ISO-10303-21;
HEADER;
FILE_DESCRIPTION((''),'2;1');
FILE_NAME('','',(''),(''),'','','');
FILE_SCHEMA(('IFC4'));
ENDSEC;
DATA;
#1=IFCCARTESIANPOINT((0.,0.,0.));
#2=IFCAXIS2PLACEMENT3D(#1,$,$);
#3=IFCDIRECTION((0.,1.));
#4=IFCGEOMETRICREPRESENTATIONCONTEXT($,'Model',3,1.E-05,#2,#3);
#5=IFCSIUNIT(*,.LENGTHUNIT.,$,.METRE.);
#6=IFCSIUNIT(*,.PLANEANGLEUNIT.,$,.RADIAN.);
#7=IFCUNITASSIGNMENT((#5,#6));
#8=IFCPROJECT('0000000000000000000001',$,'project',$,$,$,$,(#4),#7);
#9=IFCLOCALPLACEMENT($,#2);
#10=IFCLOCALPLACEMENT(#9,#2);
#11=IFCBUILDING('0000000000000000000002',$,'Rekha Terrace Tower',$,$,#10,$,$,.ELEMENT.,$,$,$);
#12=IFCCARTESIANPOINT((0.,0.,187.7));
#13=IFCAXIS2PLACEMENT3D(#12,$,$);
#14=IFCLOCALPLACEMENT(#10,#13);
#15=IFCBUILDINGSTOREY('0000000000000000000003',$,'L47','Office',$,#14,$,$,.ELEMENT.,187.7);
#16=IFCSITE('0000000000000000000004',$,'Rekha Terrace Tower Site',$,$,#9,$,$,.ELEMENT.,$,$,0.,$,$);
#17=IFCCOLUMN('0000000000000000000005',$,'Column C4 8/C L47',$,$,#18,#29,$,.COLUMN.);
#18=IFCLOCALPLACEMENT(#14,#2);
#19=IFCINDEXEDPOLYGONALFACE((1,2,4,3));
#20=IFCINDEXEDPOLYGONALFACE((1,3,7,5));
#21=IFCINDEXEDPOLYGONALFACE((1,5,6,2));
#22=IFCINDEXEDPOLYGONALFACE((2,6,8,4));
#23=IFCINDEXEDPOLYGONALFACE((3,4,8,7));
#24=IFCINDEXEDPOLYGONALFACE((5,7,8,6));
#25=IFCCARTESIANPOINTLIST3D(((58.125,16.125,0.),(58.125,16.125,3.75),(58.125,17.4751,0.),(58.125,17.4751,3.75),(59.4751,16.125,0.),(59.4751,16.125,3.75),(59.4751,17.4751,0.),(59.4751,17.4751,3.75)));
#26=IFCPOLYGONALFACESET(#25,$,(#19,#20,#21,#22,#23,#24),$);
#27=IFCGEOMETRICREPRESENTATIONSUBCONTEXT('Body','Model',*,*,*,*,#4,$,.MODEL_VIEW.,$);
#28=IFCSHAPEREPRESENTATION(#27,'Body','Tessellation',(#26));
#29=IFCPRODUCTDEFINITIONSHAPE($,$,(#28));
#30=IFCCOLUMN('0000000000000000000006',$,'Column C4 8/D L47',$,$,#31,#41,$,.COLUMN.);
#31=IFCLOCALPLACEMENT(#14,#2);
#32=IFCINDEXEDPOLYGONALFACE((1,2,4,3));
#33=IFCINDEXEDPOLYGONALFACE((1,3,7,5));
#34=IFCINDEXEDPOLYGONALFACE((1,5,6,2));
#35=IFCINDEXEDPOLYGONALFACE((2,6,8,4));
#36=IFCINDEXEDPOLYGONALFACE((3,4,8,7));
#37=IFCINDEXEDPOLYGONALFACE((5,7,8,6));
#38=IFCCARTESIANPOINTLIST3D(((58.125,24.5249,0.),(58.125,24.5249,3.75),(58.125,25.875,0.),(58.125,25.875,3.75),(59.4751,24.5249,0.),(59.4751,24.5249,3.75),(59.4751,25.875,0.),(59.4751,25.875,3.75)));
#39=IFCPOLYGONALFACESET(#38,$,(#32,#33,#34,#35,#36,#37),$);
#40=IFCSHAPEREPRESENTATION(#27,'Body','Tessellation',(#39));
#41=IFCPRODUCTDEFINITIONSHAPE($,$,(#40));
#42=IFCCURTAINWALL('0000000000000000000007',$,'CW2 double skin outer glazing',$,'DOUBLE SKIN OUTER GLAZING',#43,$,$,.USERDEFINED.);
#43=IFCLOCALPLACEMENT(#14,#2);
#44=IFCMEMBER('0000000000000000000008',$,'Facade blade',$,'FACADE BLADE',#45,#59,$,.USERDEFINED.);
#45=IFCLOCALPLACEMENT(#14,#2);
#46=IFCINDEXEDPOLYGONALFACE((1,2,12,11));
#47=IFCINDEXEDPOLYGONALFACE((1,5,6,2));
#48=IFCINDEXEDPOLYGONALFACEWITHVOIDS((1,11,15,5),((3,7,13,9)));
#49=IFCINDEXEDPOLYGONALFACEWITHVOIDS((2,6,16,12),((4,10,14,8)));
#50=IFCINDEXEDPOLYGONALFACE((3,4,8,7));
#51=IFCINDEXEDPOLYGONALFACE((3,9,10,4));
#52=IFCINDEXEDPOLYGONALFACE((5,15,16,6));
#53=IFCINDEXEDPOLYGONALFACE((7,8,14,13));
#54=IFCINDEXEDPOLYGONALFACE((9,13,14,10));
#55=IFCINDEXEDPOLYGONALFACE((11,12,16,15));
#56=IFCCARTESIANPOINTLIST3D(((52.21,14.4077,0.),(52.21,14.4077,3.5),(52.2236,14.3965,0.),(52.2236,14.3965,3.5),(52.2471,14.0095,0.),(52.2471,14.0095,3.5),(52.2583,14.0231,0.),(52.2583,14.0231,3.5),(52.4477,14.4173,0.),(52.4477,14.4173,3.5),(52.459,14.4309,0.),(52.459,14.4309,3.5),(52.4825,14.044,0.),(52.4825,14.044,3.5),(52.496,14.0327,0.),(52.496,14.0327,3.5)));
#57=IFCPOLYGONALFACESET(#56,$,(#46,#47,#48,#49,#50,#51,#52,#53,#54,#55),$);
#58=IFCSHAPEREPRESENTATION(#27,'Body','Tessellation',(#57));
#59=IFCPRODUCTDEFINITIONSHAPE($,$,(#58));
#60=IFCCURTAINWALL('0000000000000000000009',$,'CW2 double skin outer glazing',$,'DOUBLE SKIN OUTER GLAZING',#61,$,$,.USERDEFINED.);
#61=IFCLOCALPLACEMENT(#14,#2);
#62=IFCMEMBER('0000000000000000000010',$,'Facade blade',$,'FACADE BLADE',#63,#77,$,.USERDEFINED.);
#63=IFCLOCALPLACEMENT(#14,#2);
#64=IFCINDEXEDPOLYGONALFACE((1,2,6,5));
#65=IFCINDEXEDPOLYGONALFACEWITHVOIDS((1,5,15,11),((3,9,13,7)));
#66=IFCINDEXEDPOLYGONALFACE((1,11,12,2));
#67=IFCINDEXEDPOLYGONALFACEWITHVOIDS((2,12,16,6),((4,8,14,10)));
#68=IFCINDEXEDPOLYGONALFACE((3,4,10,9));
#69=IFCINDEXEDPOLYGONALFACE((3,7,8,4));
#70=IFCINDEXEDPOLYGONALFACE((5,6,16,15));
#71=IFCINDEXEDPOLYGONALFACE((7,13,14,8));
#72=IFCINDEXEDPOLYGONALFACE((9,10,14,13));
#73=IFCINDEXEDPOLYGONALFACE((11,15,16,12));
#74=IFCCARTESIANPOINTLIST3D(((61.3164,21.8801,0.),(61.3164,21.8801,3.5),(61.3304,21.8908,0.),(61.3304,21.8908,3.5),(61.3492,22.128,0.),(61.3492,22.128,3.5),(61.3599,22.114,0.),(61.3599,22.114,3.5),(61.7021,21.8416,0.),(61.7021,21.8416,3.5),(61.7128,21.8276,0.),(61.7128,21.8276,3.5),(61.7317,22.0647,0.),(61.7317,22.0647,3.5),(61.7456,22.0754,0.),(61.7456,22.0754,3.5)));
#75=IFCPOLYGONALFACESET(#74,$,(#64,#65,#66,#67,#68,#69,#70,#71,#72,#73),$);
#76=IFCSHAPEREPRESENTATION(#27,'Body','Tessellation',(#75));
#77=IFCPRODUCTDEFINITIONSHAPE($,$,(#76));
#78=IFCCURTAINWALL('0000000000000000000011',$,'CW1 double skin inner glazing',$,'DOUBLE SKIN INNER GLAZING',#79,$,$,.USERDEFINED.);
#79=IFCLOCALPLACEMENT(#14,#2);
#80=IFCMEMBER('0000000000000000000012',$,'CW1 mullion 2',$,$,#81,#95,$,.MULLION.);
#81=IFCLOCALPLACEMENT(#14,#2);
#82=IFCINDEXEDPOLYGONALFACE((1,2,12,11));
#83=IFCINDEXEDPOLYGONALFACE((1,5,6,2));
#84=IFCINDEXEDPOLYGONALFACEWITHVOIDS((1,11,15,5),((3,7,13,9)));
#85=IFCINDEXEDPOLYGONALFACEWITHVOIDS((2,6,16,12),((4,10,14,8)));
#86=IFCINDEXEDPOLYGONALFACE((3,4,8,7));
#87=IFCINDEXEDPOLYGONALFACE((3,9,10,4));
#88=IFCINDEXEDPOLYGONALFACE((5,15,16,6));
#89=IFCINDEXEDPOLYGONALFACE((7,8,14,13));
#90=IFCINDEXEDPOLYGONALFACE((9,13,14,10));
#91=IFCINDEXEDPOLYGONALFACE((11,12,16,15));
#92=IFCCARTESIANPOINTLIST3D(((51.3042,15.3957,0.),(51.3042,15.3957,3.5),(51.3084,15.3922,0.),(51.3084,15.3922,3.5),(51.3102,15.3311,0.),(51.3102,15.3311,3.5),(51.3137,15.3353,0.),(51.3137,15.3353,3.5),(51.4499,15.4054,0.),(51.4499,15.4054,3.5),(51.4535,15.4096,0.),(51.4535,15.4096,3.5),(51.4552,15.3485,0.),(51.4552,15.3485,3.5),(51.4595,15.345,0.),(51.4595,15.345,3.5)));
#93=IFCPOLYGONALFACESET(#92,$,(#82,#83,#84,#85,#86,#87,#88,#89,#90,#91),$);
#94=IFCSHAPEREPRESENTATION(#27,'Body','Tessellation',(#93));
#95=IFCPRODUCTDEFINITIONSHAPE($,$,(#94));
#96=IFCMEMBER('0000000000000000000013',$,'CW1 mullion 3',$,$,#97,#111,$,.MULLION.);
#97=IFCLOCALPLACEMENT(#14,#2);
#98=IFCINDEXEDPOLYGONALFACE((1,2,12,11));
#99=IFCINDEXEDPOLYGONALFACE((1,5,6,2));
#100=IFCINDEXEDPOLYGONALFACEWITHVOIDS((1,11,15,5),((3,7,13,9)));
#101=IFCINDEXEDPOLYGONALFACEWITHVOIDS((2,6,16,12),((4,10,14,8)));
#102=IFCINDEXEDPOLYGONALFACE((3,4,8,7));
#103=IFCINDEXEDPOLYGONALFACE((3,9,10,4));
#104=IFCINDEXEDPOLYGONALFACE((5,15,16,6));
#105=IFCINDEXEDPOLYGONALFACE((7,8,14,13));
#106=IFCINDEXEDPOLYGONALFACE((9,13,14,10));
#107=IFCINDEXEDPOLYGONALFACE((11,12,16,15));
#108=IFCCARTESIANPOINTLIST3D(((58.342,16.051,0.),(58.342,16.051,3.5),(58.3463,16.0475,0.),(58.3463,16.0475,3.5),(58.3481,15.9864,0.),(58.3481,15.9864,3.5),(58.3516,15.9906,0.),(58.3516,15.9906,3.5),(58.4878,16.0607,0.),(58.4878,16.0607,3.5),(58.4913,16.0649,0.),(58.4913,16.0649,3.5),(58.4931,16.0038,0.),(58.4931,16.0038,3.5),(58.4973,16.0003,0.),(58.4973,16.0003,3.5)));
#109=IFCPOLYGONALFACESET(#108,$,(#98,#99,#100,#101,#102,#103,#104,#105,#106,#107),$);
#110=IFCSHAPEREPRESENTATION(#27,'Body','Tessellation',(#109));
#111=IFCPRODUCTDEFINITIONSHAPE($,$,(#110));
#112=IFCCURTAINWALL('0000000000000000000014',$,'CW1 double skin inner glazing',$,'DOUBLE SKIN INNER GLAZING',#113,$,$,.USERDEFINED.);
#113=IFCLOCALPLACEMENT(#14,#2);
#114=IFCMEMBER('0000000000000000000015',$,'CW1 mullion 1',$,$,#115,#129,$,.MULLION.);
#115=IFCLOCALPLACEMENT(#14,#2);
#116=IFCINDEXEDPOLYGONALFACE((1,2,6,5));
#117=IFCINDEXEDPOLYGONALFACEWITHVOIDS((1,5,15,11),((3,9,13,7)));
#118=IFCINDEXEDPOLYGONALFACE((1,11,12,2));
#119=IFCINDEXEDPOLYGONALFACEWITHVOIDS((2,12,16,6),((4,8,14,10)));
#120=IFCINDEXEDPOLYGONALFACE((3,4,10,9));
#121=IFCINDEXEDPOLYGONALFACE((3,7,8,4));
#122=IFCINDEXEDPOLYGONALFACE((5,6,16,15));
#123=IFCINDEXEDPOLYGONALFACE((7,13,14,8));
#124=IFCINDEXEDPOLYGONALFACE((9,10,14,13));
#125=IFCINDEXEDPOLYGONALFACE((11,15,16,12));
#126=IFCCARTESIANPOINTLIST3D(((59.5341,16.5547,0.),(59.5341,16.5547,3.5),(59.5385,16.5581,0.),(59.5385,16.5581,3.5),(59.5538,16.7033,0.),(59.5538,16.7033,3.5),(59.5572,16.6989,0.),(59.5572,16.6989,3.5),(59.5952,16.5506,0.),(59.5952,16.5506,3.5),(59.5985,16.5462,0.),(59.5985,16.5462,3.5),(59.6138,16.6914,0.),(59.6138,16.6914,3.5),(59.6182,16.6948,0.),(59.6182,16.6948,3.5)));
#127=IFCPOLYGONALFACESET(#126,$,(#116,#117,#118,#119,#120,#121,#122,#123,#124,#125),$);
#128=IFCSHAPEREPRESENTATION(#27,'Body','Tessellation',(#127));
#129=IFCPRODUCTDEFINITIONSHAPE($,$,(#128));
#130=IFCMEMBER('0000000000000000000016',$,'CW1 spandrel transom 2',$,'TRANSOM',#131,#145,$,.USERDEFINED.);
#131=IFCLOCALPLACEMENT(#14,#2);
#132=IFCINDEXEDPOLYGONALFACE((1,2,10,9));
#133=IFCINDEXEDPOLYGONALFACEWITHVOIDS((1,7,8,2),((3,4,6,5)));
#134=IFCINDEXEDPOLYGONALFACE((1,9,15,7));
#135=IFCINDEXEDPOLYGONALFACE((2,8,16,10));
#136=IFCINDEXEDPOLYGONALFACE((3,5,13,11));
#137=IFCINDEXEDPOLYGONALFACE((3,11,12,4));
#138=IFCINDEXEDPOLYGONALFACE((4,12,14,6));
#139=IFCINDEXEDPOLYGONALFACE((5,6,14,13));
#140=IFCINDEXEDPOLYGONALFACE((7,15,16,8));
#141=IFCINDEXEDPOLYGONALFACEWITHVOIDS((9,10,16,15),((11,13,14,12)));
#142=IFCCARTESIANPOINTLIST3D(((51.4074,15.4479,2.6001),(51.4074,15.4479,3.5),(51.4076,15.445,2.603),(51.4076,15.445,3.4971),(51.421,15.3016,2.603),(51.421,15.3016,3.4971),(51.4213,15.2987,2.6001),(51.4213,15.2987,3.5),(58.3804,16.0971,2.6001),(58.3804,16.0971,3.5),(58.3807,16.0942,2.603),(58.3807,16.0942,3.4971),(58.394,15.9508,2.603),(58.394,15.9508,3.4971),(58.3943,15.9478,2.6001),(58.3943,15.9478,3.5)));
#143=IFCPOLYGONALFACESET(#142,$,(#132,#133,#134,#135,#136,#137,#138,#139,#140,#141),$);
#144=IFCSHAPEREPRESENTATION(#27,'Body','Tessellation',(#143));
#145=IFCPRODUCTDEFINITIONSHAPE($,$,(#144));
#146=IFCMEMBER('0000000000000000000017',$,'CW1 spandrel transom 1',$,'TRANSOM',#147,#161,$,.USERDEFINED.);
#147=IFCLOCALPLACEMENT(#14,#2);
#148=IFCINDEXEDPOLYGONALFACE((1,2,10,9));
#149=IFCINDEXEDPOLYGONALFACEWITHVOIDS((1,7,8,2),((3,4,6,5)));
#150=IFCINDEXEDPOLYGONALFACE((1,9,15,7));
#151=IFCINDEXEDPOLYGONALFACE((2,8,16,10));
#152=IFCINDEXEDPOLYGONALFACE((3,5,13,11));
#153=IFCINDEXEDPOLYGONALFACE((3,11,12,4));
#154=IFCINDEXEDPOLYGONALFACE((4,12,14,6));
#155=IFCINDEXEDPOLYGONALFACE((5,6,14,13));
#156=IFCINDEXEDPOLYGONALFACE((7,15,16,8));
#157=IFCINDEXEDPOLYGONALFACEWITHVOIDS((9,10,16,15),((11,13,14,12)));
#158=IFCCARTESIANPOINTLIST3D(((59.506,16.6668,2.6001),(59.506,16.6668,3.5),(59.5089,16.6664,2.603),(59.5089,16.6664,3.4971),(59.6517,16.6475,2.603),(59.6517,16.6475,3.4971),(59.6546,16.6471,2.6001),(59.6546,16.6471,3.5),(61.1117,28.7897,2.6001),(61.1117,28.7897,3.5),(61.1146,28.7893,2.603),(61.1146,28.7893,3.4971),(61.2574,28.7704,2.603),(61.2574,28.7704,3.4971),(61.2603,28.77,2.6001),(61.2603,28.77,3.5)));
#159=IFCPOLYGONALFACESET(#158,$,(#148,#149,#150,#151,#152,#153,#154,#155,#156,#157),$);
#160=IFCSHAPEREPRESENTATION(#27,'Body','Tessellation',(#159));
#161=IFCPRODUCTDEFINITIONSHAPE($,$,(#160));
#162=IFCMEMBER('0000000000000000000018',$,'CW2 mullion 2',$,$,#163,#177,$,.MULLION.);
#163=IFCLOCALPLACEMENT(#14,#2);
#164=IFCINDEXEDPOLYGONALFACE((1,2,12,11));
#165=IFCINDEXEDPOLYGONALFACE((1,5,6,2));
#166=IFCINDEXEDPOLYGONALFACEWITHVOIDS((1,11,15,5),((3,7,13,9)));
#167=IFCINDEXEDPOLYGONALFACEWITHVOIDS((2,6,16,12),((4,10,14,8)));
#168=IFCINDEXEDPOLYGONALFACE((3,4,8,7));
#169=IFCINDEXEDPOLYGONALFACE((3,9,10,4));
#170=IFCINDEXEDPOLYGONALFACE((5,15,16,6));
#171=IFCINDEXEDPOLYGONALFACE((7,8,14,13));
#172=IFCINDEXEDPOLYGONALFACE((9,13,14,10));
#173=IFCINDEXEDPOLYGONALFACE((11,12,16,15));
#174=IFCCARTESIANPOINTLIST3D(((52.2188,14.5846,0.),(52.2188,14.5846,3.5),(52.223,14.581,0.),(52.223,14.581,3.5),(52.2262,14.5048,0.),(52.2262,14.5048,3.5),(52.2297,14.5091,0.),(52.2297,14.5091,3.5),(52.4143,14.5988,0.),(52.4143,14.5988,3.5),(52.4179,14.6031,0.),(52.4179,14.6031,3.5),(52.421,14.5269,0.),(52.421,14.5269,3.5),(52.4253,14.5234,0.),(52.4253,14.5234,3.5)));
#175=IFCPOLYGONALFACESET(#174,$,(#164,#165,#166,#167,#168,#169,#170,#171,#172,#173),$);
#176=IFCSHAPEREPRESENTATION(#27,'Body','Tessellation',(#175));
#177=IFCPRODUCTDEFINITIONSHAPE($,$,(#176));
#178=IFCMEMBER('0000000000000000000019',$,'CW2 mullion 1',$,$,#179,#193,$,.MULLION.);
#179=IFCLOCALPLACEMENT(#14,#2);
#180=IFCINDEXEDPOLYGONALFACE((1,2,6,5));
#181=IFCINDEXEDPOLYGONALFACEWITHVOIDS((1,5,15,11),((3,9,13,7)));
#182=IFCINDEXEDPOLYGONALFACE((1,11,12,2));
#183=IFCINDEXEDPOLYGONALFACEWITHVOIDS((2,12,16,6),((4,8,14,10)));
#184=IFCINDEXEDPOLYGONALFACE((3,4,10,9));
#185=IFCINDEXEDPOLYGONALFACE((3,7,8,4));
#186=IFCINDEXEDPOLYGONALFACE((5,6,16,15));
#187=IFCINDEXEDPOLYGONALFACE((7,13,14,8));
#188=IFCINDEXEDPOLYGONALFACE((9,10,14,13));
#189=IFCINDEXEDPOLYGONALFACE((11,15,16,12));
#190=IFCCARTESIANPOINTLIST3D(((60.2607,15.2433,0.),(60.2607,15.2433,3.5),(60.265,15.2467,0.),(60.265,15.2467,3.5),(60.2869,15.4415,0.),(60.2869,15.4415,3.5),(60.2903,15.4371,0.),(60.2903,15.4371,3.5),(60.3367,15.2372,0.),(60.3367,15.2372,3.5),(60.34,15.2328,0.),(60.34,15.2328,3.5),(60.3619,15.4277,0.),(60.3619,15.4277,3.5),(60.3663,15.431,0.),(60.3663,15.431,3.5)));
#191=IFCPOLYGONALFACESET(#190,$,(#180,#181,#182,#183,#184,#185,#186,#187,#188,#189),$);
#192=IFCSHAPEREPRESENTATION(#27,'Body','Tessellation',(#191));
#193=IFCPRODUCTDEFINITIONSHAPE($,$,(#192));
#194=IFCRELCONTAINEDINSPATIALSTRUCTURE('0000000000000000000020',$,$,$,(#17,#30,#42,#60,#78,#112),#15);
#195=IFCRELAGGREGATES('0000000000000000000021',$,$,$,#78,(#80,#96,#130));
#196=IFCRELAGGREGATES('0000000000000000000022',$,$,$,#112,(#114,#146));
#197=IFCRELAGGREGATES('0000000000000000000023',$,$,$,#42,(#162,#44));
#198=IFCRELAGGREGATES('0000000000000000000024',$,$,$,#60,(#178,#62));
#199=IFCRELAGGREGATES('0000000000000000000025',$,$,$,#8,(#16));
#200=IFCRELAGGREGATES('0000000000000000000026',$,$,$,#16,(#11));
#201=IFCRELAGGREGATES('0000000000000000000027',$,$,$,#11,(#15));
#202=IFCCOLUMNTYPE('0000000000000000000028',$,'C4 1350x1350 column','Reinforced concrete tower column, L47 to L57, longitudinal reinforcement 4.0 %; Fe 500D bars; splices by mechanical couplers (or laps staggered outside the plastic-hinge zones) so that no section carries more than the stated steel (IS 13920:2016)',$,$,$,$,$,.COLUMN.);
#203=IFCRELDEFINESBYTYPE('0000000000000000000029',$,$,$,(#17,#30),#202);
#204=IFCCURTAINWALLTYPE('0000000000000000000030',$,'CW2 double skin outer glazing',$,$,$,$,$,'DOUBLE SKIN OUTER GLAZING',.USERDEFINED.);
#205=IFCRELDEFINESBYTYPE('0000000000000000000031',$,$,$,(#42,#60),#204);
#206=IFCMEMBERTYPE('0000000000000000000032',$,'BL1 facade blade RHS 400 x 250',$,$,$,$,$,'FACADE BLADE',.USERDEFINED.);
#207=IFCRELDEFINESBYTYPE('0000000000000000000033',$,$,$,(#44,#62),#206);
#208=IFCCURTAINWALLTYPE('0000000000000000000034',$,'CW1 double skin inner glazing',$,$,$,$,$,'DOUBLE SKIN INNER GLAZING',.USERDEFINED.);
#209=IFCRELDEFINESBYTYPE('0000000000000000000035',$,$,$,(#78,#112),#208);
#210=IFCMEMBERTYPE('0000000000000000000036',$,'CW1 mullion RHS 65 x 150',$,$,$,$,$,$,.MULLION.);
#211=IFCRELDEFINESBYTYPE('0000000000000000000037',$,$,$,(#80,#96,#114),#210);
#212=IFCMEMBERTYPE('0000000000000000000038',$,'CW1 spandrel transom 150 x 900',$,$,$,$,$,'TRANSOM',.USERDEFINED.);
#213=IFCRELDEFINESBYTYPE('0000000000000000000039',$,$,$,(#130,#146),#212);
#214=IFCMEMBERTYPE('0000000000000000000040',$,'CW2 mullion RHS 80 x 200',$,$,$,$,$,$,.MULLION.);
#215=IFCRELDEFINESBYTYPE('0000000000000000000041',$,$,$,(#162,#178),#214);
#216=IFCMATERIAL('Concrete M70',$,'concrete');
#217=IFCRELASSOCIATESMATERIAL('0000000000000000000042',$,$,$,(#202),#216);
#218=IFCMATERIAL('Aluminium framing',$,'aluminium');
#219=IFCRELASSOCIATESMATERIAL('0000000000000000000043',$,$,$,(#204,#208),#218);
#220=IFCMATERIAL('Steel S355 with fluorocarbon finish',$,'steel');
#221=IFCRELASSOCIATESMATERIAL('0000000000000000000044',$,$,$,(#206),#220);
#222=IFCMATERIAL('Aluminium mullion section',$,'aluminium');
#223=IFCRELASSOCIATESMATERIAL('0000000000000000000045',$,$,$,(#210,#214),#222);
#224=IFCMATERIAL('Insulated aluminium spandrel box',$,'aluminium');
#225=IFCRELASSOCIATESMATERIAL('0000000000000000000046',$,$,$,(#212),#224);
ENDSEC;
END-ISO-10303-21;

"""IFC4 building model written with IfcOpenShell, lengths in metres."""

from ifc_helpers import new_model, si_unit, direction, frame, origin, origin_2d, place, context, subcontext, project, spatial, rectangle, hollow_rectangle, extrude, material, material_profile, profile_set, type_object, element, aggregate, save


model = new_model("IFC4")

# Units and contexts
model_context = context("Model", 3, precision=1e-05, world=origin(), true_north=direction((0.0, 1.0)))
body_context = subcontext(model_context, "Body", "Model", "MODEL_VIEW")
ifc_project = project(units=[si_unit("LENGTHUNIT", "METRE"), si_unit("PLANEANGLEUNIT", "RADIAN")], contexts=[model_context])

# Site, building, storey
site_placement = place(None, origin())
site = spatial("IfcSite", under=ifc_project, at=site_placement, Name="Rekha Terrace Tower Site", CompositionType="ELEMENT", RefElevation=0.0)
building_placement = place(site_placement, origin())
building = spatial("IfcBuilding", under=site, at=building_placement, Name="Rekha Terrace Tower", CompositionType="ELEMENT")
storey_placement = place(building_placement, frame((0.0, 0.0, 187.7)))
storey = spatial("IfcBuildingStorey", under=building, at=storey_placement, Name="L47", Description="Office", CompositionType="ELEMENT", Elevation=187.7)

# Columns
ifc_material_1 = material(Name="Concrete M70", Category="concrete")
ifc_material_profile_1 = material_profile(ifc_material_1, rectangle(XDim=1.3501, YDim=1.3501, at=origin_2d()), Name="RC 1350x1350")
ifc_profile_set_1 = profile_set([ifc_material_profile_1], Name="Concrete M70")
column_type = type_object("IfcColumnType", Name="C4 1350x1350 column", Description="Reinforced concrete tower column, L47 to L57, longitudinal reinforcement 4.0 %; Fe 500D bars; splices by mechanical couplers (or laps staggered outside the plastic-hinge zones) so that no section carries more than the stated steel (IS 13920:2016)", PredefinedType="COLUMN", material=ifc_profile_set_1)
for number, where, z_axis, x_axis, name in (
    (1, (58.8, 16.8, 0.0), (0.0, 0.0, 1.0), (1.0, 0.0, 0.0), "Column C4 8/C L47"),
    (2, (58.8, 25.2, 0.0), (0.0, 0.0, 1.0), (1.0, 0.0, 0.0), "Column C4 8/D L47"),
):
    element("IfcColumn", number, at=place(storey_placement, frame(where, z_axis=z_axis, x_axis=x_axis)), inside=storey, type_object=column_type, Name=name, PredefinedType="COLUMN", context=body_context, shape_type="SweptSolid", body=[
        extrude(rectangle(XDim=1.3501, YDim=1.3501, at=origin_2d()), origin(), (0.0, 0.0, 1.0), 3.75),
    ])

# Curtain walls, members
ifc_material_2 = material(Name="Aluminium framing", Category="aluminium")
curtain_wall_type_1 = type_object("IfcCurtainWallType", Name="CW2 double skin outer glazing", ElementType="DOUBLE SKIN OUTER GLAZING", PredefinedType="USERDEFINED", material=ifc_material_2)
curtain_wall_1_placement = place(storey_placement, origin())
curtain_wall_1 = element("IfcCurtainWall", 3, at=curtain_wall_1_placement, inside=storey, type_object=curtain_wall_type_1, Name="CW2 double skin outer glazing", ObjectType="DOUBLE SKIN OUTER GLAZING", PredefinedType="USERDEFINED")
ifc_material_3 = material(Name="Steel S355 with fluorocarbon finish", Category="steel")
ifc_material_profile_2 = material_profile(ifc_material_3, hollow_rectangle(XDim=0.25, YDim=0.3999, WallThickness=0.0125, at=origin_2d()), Name="RHS400x250x12.5")
ifc_profile_set_2 = profile_set([ifc_material_profile_2], Name="Steel S355 with fluorocarbon finish")
member_type_1 = type_object("IfcMemberType", Name="BL1 facade blade RHS 400 x 250", ElementType="FACADE BLADE", PredefinedType="USERDEFINED", material=ifc_profile_set_2)
member_1_placement = place(storey_placement, frame((52.353, 14.2202, 0.0), z_axis=(0.0, 0.0, 1.0), x_axis=(0.995693, 0.092709, 0.0)))
member_1 = element("IfcMember", 4, at=member_1_placement, type_object=member_type_1, Name="Facade blade", ObjectType="FACADE BLADE", PredefinedType="USERDEFINED", context=body_context, shape_type="SweptSolid", body=[
    extrude(hollow_rectangle(XDim=0.25, YDim=0.3999, WallThickness=0.0125, at=origin_2d()), origin(), (0.0, 0.0, 1.0), 3.5),
])
curtain_wall_2_placement = place(storey_placement, origin())
curtain_wall_2 = element("IfcCurtainWall", 5, at=curtain_wall_2_placement, inside=storey, type_object=curtain_wall_type_1, Name="CW2 double skin outer glazing", ObjectType="DOUBLE SKIN OUTER GLAZING", PredefinedType="USERDEFINED")
member_2_placement = place(storey_placement, frame((61.531, 21.9778, 0.0), z_axis=(0.0, 0.0, 1.0), x_axis=(0.131303, 0.991342, 0.0)))
member_2 = element("IfcMember", 6, at=member_2_placement, type_object=member_type_1, Name="Facade blade", ObjectType="FACADE BLADE", PredefinedType="USERDEFINED", context=body_context, shape_type="SweptSolid", body=[
    extrude(hollow_rectangle(XDim=0.25, YDim=0.3999, WallThickness=0.0125, at=origin_2d()), origin(), (0.0, 0.0, 1.0), 3.5),
])

# Curtain wall, members
curtain_wall_type_2 = type_object("IfcCurtainWallType", Name="CW1 double skin inner glazing", ElementType="DOUBLE SKIN INNER GLAZING", PredefinedType="USERDEFINED", material=ifc_material_2)
curtain_wall_3_placement = place(storey_placement, origin())
curtain_wall_3 = element("IfcCurtainWall", 7, at=curtain_wall_3_placement, inside=storey, type_object=curtain_wall_type_2, Name="CW1 double skin inner glazing", ObjectType="DOUBLE SKIN INNER GLAZING", PredefinedType="USERDEFINED")
ifc_material_4 = material(Name="Aluminium mullion section", Category="aluminium")
ifc_material_profile_3 = material_profile(ifc_material_4, hollow_rectangle(XDim=0.0649, YDim=0.1499, WallThickness=0.0039, at=origin_2d()), Name="AL RHS 65x150")
ifc_profile_set_3 = profile_set([ifc_material_profile_3], Name="Aluminium mullion section")
member_type_2 = type_object("IfcMemberType", Name="CW1 mullion RHS 65 x 150", PredefinedType="MULLION", material=ifc_profile_set_3)
member_3_placement = place(storey_placement, frame((51.3818, 15.3704, 0.0), z_axis=(0.0, 0.0, 1.0), x_axis=(-0.092709, 0.995693, 0.0)))
member_3 = element("IfcMember", 8, at=member_3_placement, type_object=member_type_2, Name="CW1 mullion 2", PredefinedType="MULLION", context=body_context, shape_type="SweptSolid", body=[
    extrude(hollow_rectangle(XDim=0.0649, YDim=0.1499, WallThickness=0.0039, at=origin_2d()), origin(), (0.0, 0.0, 1.0), 3.5),
])
member_4_placement = place(storey_placement, frame((58.4197, 16.0256, 0.0), z_axis=(0.0, 0.0, 1.0), x_axis=(-0.092709, 0.995693, 0.0)))
member_4 = element("IfcMember", 9, at=member_4_placement, type_object=member_type_2, Name="CW1 mullion 3", PredefinedType="MULLION", context=body_context, shape_type="SweptSolid", body=[
    extrude(hollow_rectangle(XDim=0.0649, YDim=0.1499, WallThickness=0.0039, at=origin_2d()), origin(), (0.0, 0.0, 1.0), 3.5),
])

# Curtain wall, member
curtain_wall_4_placement = place(storey_placement, origin())
curtain_wall_4 = element("IfcCurtainWall", 10, at=curtain_wall_4_placement, inside=storey, type_object=curtain_wall_type_2, Name="CW1 double skin inner glazing", ObjectType="DOUBLE SKIN INNER GLAZING", PredefinedType="USERDEFINED")
member_5_placement = place(storey_placement, frame((59.5762, 16.6248, 0.0), z_axis=(0.0, 0.0, 1.0), x_axis=(-0.991342, 0.131304, 0.0)))
member_5 = element("IfcMember", 11, at=member_5_placement, type_object=member_type_2, Name="CW1 mullion 1", PredefinedType="MULLION", context=body_context, shape_type="SweptSolid", body=[
    extrude(hollow_rectangle(XDim=0.0649, YDim=0.1499, WallThickness=0.0039, at=origin_2d()), origin(), (0.0, 0.0, 1.0), 3.5),
])

# Members
ifc_material_5 = material(Name="Insulated aluminium spandrel box", Category="aluminium")
ifc_material_profile_4 = material_profile(ifc_material_5, hollow_rectangle(XDim=0.1499, YDim=0.8999, WallThickness=0.0029, at=origin_2d()), Name="AL SPANDREL BOX 150x900")
ifc_profile_set_4 = profile_set([ifc_material_profile_4], Name="Insulated aluminium spandrel box")
member_type_3 = type_object("IfcMemberType", Name="CW1 spandrel transom 150 x 900", ElementType="TRANSOM", PredefinedType="USERDEFINED", material=ifc_profile_set_4)
member_6_placement = place(storey_placement, frame((51.4143, 15.3733, 3.05), z_axis=(0.995694, 0.092698, 0.0), x_axis=(-0.092698, 0.995694, 0.0)))
member_6 = element("IfcMember", 12, at=member_6_placement, type_object=member_type_3, Name="CW1 spandrel transom 2", ObjectType="TRANSOM", PredefinedType="USERDEFINED", context=body_context, shape_type="SweptSolid", body=[
    extrude(hollow_rectangle(XDim=0.1499, YDim=0.8999, WallThickness=0.0029, at=origin_2d()), origin(), (0.0, 0.0, 1.0), 7.0032),
])
member_7_placement = place(storey_placement, frame((59.5803, 16.657, 3.05), z_axis=(0.131307, 0.991342, 0.0), x_axis=(-0.991342, 0.131307, 0.0)))
member_7 = element("IfcMember", 13, at=member_7_placement, type_object=member_type_3, Name="CW1 spandrel transom 1", ObjectType="TRANSOM", PredefinedType="USERDEFINED", context=body_context, shape_type="SweptSolid", body=[
    extrude(hollow_rectangle(XDim=0.1499, YDim=0.8999, WallThickness=0.0029, at=origin_2d()), origin(), (0.0, 0.0, 1.0), 12.2288),
])
ifc_material_profile_5 = material_profile(ifc_material_4, hollow_rectangle(XDim=0.0801, YDim=0.2, WallThickness=0.0039, at=origin_2d()), Name="AL RHS 80x200")
ifc_profile_set_5 = profile_set([ifc_material_profile_5], Name="Aluminium mullion section")
member_type_4 = type_object("IfcMemberType", Name="CW2 mullion RHS 80 x 200", PredefinedType="MULLION", material=ifc_profile_set_5)
member_8_placement = place(storey_placement, frame((52.322, 14.554, 0.0), z_axis=(0.0, 0.0, 1.0), x_axis=(-0.092709, 0.995693, 0.0)))
member_8 = element("IfcMember", 14, at=member_8_placement, type_object=member_type_4, Name="CW2 mullion 2", PredefinedType="MULLION", context=body_context, shape_type="SweptSolid", body=[
    extrude(hollow_rectangle(XDim=0.0801, YDim=0.2, WallThickness=0.0039, at=origin_2d()), origin(), (0.0, 0.0, 1.0), 3.5),
])
member_9_placement = place(storey_placement, frame((60.3135, 15.3372, 0.0), z_axis=(0.0, 0.0, 1.0), x_axis=(-0.991342, 0.131304, 0.0)))
member_9 = element("IfcMember", 15, at=member_9_placement, type_object=member_type_4, Name="CW2 mullion 1", PredefinedType="MULLION", context=body_context, shape_type="SweptSolid", body=[
    extrude(hollow_rectangle(XDim=0.0801, YDim=0.2, WallThickness=0.0039, at=origin_2d()), origin(), (0.0, 0.0, 1.0), 3.5),
])

aggregate(curtain_wall_3, [member_3, member_4, member_6])
aggregate(curtain_wall_4, [member_5, member_7])
aggregate(curtain_wall_1, [member_8, member_1])
aggregate(curtain_wall_2, [member_9, member_2])

save(model, "model.ifc")
